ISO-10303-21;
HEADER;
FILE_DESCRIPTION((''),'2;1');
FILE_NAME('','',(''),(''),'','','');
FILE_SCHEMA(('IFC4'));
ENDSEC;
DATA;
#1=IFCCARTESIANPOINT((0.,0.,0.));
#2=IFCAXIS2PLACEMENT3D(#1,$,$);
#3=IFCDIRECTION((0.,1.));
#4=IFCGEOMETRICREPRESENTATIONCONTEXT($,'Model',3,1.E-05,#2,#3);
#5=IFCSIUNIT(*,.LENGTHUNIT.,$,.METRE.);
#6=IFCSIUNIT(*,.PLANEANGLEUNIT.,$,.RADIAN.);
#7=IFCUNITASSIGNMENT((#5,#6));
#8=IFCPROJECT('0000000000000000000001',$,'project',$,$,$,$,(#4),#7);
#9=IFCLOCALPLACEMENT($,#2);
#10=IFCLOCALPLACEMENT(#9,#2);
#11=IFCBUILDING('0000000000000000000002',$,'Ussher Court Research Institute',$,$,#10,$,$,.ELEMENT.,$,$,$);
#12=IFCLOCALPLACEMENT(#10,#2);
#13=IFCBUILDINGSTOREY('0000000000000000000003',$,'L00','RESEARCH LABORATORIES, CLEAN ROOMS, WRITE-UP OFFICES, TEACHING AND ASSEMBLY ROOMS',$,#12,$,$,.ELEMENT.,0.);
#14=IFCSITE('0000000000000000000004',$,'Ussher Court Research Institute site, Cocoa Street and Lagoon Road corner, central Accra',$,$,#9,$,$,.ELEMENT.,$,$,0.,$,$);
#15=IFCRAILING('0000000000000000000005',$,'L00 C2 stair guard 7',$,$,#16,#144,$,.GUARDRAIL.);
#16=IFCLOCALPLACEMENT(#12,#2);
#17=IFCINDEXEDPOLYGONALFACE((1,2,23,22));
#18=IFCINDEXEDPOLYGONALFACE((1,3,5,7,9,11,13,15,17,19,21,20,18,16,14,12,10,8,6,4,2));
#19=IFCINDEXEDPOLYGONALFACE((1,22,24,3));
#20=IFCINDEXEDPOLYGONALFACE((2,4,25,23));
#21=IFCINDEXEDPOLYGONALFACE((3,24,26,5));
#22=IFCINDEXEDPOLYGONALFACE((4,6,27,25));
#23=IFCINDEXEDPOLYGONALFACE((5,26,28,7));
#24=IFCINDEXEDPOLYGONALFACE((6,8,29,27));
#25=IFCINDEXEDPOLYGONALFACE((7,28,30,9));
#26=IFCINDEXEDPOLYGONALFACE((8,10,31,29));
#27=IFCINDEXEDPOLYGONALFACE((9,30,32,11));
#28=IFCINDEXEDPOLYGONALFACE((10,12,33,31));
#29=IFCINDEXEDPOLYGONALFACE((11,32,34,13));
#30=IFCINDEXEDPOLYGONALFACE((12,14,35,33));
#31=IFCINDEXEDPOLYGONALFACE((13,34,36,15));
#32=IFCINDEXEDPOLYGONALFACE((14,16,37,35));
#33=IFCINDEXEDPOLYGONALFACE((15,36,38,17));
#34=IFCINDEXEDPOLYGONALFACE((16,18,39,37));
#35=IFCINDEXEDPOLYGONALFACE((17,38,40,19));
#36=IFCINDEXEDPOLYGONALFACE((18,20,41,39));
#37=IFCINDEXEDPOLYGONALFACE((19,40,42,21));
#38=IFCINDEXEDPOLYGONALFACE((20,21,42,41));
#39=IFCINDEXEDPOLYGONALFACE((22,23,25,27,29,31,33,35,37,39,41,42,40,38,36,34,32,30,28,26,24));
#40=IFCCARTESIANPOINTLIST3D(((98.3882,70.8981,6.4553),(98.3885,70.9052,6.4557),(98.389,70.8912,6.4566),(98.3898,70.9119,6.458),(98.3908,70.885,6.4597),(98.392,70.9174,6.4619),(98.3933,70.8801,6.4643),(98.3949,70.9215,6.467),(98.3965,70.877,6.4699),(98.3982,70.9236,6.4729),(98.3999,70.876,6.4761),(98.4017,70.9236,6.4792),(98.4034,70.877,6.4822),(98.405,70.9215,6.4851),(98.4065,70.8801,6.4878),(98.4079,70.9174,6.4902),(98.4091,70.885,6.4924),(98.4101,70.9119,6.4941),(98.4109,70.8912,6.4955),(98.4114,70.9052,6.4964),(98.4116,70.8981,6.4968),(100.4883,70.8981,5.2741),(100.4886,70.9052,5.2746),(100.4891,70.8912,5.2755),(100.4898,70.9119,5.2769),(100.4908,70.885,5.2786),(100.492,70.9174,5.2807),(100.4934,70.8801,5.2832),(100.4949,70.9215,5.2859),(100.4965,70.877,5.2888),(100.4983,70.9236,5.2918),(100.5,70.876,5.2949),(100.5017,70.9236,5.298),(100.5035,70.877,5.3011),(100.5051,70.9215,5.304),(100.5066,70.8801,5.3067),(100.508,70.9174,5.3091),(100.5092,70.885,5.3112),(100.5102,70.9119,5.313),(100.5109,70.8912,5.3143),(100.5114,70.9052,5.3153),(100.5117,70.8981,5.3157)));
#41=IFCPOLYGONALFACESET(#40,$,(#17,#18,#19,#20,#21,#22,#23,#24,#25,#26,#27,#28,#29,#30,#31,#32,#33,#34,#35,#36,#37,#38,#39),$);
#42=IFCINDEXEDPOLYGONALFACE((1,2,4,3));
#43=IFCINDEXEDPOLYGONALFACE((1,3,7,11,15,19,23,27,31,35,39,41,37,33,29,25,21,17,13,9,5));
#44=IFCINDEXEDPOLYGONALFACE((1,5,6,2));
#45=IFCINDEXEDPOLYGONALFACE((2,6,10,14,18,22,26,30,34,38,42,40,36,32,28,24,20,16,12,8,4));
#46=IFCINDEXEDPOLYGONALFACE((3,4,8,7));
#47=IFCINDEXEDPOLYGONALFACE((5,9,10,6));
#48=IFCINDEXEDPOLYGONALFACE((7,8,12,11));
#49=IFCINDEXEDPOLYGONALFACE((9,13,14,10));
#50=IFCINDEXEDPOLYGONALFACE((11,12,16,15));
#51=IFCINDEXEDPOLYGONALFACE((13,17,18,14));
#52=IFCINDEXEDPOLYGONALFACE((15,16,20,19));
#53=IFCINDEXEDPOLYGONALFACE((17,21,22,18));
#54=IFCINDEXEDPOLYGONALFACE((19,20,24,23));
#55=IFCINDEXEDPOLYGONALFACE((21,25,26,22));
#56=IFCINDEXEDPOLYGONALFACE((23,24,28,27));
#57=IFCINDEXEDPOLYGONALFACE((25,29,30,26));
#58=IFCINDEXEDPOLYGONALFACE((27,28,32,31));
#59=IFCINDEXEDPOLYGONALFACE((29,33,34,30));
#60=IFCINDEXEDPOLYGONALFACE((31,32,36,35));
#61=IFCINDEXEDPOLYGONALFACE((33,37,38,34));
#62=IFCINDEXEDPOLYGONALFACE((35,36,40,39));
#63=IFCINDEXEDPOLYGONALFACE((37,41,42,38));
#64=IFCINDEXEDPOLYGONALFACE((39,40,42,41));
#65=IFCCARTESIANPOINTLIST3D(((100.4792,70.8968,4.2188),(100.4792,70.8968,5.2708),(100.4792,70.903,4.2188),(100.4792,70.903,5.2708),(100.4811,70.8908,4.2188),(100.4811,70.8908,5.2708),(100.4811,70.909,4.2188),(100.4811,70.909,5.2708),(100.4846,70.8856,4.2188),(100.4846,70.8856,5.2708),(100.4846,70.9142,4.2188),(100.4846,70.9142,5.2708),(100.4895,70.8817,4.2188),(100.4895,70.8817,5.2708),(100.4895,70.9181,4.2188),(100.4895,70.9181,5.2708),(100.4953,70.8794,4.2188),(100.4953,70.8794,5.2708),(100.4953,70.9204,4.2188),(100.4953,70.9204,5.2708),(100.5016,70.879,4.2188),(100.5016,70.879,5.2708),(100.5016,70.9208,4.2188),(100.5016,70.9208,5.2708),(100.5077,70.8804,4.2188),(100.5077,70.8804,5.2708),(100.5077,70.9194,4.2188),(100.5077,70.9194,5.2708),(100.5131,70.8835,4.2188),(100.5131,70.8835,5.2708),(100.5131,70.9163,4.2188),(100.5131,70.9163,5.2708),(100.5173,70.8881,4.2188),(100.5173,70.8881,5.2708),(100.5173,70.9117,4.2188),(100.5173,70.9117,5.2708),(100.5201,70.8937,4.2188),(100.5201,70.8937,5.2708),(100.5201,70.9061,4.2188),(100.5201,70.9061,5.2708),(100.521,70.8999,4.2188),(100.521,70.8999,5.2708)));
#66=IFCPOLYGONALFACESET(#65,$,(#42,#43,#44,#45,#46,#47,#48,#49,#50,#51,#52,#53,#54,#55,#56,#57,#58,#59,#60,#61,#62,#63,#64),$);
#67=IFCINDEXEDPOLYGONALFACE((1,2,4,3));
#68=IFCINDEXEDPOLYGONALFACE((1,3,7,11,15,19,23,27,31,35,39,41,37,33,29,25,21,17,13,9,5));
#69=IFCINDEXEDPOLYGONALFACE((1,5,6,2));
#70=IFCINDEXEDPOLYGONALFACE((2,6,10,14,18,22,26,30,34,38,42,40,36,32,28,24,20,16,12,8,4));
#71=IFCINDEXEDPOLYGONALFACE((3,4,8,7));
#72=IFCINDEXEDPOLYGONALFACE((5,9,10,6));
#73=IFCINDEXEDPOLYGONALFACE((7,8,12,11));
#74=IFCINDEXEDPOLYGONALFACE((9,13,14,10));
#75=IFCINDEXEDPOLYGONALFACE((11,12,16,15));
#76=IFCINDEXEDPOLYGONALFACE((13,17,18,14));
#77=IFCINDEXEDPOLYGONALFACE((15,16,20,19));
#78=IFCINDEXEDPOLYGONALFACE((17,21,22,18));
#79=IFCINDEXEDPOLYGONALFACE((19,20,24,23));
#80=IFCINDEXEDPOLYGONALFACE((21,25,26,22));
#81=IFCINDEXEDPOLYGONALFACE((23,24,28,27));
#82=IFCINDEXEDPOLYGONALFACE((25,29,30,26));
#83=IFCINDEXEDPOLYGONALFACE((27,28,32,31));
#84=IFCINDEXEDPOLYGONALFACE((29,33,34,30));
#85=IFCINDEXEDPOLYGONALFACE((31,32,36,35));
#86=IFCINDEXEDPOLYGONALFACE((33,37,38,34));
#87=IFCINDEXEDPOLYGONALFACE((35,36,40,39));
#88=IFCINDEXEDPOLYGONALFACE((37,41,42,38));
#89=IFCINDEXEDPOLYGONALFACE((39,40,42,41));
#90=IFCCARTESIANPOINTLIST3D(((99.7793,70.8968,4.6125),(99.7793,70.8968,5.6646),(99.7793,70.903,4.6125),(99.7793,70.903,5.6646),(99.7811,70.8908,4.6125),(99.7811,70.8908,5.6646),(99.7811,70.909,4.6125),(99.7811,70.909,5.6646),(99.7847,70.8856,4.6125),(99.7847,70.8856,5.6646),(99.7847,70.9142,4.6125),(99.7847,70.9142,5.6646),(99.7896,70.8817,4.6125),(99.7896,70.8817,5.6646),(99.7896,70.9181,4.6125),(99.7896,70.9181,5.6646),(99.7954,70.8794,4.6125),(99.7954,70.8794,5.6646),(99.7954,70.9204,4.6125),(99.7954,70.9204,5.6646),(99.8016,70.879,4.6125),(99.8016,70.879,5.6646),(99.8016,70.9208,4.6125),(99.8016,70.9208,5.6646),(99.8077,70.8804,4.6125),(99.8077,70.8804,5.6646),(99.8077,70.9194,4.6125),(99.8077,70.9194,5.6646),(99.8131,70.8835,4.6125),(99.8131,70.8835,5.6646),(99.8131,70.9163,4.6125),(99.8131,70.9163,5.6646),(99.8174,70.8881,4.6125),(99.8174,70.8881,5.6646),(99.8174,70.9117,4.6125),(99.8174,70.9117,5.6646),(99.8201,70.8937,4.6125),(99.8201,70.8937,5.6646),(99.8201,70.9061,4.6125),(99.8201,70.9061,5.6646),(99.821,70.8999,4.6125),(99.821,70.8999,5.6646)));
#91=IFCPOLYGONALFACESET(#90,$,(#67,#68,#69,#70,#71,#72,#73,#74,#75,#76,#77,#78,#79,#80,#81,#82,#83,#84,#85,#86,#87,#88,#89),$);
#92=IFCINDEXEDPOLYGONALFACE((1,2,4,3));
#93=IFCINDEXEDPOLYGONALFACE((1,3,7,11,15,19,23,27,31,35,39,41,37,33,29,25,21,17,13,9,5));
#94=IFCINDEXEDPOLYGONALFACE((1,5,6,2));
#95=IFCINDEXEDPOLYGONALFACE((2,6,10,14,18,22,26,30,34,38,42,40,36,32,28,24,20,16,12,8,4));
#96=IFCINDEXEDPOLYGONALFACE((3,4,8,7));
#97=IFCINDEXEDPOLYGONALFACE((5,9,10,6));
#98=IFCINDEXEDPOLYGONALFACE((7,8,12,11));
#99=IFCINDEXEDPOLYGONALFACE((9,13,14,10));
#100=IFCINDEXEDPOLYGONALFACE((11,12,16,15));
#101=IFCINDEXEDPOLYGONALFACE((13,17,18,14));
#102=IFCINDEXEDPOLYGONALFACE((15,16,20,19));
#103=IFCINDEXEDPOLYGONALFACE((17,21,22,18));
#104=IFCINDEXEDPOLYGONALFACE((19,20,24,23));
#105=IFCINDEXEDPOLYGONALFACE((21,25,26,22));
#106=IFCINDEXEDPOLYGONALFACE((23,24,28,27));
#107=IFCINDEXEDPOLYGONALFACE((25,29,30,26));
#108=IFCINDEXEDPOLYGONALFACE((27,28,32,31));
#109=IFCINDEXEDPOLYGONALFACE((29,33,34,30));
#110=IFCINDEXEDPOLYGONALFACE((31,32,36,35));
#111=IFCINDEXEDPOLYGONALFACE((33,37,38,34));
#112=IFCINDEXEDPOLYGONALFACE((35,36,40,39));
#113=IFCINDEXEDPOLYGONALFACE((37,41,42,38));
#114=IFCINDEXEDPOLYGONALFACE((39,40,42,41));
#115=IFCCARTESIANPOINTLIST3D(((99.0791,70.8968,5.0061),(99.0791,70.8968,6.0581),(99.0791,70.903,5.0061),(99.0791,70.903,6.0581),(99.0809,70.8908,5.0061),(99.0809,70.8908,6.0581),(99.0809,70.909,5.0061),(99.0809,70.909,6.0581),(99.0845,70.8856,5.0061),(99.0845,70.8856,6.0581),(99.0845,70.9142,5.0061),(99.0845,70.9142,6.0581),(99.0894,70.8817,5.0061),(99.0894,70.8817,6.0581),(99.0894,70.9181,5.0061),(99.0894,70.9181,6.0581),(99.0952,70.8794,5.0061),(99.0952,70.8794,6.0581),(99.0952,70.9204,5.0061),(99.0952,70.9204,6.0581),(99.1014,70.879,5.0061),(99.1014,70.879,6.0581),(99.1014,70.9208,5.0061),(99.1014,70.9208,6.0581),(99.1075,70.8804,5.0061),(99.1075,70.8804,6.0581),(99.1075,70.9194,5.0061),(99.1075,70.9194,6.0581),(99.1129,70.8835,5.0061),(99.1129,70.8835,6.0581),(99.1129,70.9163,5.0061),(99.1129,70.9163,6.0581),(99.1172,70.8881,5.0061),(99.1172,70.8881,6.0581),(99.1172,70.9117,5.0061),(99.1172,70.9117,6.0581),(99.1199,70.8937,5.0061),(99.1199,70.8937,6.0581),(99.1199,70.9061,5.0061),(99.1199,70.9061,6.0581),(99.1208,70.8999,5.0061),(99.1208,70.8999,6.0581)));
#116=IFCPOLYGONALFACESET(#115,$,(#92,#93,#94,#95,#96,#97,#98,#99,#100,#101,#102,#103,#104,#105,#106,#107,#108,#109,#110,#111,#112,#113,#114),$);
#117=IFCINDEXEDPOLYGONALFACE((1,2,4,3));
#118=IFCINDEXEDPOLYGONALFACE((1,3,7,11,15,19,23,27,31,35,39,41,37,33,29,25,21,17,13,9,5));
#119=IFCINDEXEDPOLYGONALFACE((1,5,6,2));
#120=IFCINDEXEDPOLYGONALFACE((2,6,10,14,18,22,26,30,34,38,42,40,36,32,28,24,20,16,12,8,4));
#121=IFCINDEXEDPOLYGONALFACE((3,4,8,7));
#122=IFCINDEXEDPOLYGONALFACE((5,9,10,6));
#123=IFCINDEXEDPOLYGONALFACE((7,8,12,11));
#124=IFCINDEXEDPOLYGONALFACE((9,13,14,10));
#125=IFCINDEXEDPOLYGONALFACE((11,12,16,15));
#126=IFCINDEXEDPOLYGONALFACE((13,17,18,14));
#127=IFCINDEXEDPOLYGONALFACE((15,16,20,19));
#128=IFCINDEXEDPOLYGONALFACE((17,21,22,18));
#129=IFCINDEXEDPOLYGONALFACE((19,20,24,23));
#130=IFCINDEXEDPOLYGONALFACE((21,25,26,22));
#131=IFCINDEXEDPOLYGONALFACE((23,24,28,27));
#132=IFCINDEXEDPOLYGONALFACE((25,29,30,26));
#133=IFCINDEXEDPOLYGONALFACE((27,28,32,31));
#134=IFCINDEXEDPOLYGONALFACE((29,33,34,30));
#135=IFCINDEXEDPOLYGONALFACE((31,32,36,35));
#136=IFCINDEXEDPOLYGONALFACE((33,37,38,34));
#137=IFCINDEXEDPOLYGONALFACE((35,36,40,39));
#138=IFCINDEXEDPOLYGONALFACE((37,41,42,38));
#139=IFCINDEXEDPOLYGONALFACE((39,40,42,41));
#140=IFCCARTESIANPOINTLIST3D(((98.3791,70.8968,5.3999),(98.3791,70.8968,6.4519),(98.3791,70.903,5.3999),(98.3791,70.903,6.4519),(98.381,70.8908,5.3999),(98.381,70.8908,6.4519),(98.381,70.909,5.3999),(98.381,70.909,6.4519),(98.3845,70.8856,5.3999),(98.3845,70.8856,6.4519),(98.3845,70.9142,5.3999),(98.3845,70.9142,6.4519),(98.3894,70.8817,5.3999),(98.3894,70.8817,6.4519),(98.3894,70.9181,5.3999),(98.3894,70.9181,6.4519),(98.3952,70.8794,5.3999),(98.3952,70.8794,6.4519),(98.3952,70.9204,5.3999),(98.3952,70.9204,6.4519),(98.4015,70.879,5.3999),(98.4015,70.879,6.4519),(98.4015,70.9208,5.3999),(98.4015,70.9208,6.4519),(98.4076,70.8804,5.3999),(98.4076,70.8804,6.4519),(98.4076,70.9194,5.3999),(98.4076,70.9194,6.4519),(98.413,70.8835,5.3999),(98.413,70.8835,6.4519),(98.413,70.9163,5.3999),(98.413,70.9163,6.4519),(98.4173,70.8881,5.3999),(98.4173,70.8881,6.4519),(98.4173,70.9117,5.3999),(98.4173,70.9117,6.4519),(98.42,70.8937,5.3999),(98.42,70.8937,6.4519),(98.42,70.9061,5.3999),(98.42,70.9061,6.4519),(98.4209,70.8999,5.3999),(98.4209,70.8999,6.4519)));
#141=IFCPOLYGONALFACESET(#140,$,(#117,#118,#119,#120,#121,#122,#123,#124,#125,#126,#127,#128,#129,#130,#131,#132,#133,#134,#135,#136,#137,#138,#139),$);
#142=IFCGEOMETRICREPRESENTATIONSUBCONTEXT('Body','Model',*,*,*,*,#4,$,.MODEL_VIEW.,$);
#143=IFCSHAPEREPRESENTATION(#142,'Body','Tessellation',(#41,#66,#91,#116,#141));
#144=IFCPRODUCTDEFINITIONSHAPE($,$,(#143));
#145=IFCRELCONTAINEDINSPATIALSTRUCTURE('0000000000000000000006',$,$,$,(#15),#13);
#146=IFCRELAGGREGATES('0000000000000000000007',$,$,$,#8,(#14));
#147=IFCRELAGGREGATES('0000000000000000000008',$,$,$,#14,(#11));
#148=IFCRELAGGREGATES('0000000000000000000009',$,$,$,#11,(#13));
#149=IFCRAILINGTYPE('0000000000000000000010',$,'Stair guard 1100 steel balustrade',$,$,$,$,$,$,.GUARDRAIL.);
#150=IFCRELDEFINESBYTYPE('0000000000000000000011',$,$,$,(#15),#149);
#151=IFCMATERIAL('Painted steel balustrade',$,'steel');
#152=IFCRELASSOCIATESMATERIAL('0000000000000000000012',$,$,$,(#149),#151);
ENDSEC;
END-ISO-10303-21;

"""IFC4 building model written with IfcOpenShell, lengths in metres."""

from ifc_helpers import new_model, si_unit, direction, frame, origin, origin_2d, place, context, subcontext, project, spatial, circle, extrude, material, type_object, element, save


model = new_model("IFC4")

# Units and contexts
model_context = context("Model", 3, precision=1e-05, world=origin(), true_north=direction((0.0, 1.0)))
body_context = subcontext(model_context, "Body", "Model", "MODEL_VIEW")
ifc_project = project(units=[si_unit("LENGTHUNIT", "METRE"), si_unit("PLANEANGLEUNIT", "RADIAN")], contexts=[model_context])

# Site, building, storey
site_placement = place(None, origin())
site = spatial("IfcSite", under=ifc_project, at=site_placement, Name="Ussher Court Research Institute site, Cocoa Street and Lagoon Road corner, central Accra", CompositionType="ELEMENT", RefElevation=0.0)
building_placement = place(site_placement, origin())
building = spatial("IfcBuilding", under=site, at=building_placement, Name="Ussher Court Research Institute", CompositionType="ELEMENT")
storey_placement = place(building_placement, origin())
storey = spatial("IfcBuildingStorey", under=building, at=storey_placement, Name="L00", Description="RESEARCH LABORATORIES, CLEAN ROOMS, WRITE-UP OFFICES, TEACHING AND ASSEMBLY ROOMS", CompositionType="ELEMENT", Elevation=0.0)

# Railing
ifc_material_1 = material(Name="Painted steel balustrade", Category="steel")
railing_type_1 = type_object("IfcRailingType", Name="Stair guard 1100 steel balustrade", PredefinedType="GUARDRAIL", material=ifc_material_1)
railing_1_placement = place(storey_placement, frame((100.5, 70.8999, 4.2188)))
element("IfcRailing", 1, at=railing_1_placement, inside=storey, type_object=railing_type_1, Name="L00 C2 stair guard 7", PredefinedType="GUARDRAIL", context=body_context, shape_type="SweptSolid", body=[
    extrude(circle(Radius=0.0239, at=origin_2d()), frame((0.0, 0.0, 1.0762), z_axis=(-0.871603, 0.0, 0.490213), x_axis=(0.0, -1.0, 0.0)), (0.0, 0.0, 1.0), 2.4094),
    extrude(circle(Radius=0.021, at=origin_2d()), origin(), (0.0, 0.0, 1.0), 1.052),
    extrude(circle(Radius=0.021, at=origin_2d()), frame((-0.7, 0.0, 0.3938)), (0.0, 0.0, 1.0), 1.052),
    extrude(circle(Radius=0.021, at=origin_2d()), frame((-1.4001, 0.0, 0.7874)), (0.0, 0.0, 1.0), 1.052),
    extrude(circle(Radius=0.021, at=origin_2d()), frame((-2.1001, 0.0, 1.1812)), (0.0, 0.0, 1.0), 1.052),
])

save(model, "model.ifc")
